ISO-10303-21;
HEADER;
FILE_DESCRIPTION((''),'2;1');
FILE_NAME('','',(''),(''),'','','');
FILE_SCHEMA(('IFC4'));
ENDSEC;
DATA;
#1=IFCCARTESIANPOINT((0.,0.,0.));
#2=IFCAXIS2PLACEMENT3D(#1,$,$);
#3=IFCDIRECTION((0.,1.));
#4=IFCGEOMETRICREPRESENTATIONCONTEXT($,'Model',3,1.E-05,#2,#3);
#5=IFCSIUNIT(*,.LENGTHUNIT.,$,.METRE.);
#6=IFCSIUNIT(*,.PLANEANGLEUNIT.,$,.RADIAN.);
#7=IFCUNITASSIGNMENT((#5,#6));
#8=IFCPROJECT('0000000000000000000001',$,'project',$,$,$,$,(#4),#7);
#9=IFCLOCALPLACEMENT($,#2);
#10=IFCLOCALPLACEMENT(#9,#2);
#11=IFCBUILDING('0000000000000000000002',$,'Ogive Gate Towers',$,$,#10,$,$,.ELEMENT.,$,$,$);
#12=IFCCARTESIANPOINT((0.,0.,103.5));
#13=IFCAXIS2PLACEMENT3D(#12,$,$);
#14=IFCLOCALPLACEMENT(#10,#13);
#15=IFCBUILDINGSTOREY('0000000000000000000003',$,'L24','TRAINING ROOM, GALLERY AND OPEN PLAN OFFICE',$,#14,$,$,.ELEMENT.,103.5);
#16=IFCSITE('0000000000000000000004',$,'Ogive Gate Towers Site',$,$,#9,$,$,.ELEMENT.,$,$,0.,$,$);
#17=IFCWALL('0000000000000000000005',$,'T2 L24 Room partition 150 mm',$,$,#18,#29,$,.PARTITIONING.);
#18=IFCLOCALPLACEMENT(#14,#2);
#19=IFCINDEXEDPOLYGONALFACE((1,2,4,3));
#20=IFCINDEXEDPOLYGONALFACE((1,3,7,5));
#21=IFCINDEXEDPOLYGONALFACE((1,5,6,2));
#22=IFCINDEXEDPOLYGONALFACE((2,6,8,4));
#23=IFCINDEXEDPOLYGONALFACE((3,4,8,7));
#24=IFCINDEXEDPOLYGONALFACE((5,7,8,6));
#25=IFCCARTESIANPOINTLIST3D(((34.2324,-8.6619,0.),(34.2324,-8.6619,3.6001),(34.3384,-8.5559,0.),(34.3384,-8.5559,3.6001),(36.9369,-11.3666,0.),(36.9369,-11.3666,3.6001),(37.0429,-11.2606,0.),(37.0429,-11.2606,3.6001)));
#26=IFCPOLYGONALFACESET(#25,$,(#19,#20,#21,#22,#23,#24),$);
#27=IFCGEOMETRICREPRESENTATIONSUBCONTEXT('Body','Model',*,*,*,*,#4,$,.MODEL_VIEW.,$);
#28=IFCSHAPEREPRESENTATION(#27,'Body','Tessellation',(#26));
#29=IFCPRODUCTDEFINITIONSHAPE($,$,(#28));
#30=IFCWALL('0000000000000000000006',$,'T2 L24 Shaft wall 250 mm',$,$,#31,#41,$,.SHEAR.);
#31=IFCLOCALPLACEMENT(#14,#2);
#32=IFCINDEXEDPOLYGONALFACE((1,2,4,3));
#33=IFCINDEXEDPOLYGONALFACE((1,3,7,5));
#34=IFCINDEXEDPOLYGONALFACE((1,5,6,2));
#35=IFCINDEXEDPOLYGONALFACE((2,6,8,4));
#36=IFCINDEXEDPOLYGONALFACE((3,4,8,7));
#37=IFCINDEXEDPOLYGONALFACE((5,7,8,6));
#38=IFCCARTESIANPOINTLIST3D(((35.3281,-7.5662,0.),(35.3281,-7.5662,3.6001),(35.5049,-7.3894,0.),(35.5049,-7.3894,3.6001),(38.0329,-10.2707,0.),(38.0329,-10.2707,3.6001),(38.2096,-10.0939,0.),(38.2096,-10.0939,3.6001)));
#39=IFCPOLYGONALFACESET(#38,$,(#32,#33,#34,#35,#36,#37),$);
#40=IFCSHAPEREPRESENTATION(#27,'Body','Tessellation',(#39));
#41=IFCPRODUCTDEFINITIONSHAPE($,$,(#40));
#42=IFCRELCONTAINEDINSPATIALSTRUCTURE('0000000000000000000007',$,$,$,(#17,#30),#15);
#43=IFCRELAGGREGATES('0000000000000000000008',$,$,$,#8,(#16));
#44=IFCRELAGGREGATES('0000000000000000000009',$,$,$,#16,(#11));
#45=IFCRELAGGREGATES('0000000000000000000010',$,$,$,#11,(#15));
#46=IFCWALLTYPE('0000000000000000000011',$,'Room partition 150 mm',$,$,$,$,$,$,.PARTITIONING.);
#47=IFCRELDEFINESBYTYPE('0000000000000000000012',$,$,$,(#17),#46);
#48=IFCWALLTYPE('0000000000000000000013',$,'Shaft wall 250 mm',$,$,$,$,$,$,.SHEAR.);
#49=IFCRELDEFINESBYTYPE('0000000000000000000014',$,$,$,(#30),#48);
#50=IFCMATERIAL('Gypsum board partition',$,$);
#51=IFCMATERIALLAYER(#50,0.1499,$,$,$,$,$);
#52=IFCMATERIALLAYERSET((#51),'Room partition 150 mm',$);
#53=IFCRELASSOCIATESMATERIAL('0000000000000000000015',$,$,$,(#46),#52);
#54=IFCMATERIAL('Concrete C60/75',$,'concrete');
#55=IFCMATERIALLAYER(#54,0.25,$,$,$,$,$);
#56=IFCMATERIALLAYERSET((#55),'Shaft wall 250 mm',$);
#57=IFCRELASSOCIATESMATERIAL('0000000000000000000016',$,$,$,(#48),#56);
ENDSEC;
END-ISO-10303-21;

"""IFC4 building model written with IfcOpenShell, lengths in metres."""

from ifc_helpers import new_model, si_unit, direction, frame, frame_2d, origin, place, context, subcontext, project, spatial, rectangle, extrude, material, layer, layer_set, type_object, element, save


model = new_model("IFC4")

# Units and contexts
model_context = context("Model", 3, precision=1e-05, world=origin(), true_north=direction((0.0, 1.0)))
body_context = subcontext(model_context, "Body", "Model", "MODEL_VIEW")
ifc_project = project(units=[si_unit("LENGTHUNIT", "METRE"), si_unit("PLANEANGLEUNIT", "RADIAN")], contexts=[model_context])

# Site, building, storey
site_placement = place(None, origin())
site = spatial("IfcSite", under=ifc_project, at=site_placement, Name="Ogive Gate Towers Site", CompositionType="ELEMENT", RefElevation=0.0)
building_placement = place(site_placement, origin())
building = spatial("IfcBuilding", under=site, at=building_placement, Name="Ogive Gate Towers", CompositionType="ELEMENT")
storey_placement = place(building_placement, frame((0.0, 0.0, 103.5)))
storey = spatial("IfcBuildingStorey", under=building, at=storey_placement, Name="L24", Description="TRAINING ROOM, GALLERY AND OPEN PLAN OFFICE", CompositionType="ELEMENT", Elevation=103.5)

# Shared definitions
ifc_material_1 = material(Name="Concrete C60/75", Category="concrete")

# Walls
ifc_material_2 = material(Name="Gypsum board partition")
ifc_layer_1 = layer(ifc_material_2, 0.1499)
ifc_layer_set_1 = layer_set([ifc_layer_1], Name="Room partition 150 mm")
wall_type_1 = type_object("IfcWallType", Name="Room partition 150 mm", PredefinedType="PARTITIONING", material=ifc_layer_set_1)
wall_1_placement = place(storey_placement, frame((36.99, -11.3137, 0.0), z_axis=(0.0, 0.0, 1.0), x_axis=(-0.707075, 0.707139, 0.0)))
element("IfcWall", 1, at=wall_1_placement, inside=storey, type_object=wall_type_1, Name="T2 L24 Room partition 150 mm", PredefinedType="PARTITIONING", context=body_context, shape_type="SweptSolid", body=[
    extrude(rectangle(XDim=3.825, YDim=0.1499, at=frame_2d((1.9126, 0.0))), origin(), (0.0, 0.0, 1.0), 3.6001),
])
ifc_layer_2 = layer(ifc_material_1, 0.25)
ifc_layer_set_2 = layer_set([ifc_layer_2], Name="Shaft wall 250 mm")
wall_type_2 = type_object("IfcWallType", Name="Shaft wall 250 mm", PredefinedType="SHEAR", material=ifc_layer_set_2)
wall_2_placement = place(storey_placement, frame((38.1213, -10.1824, 0.0), z_axis=(0.0, 0.0, 1.0), x_axis=(-0.707139, 0.707075, 0.0)))
element("IfcWall", 2, at=wall_2_placement, inside=storey, type_object=wall_type_2, Name="T2 L24 Shaft wall 250 mm", PredefinedType="SHEAR", context=body_context, shape_type="SweptSolid", body=[
    extrude(rectangle(XDim=3.825, YDim=0.25, at=frame_2d((1.9126, 0.0))), origin(), (0.0, 0.0, 1.0), 3.6001),
])

save(model, "model.ifc")
